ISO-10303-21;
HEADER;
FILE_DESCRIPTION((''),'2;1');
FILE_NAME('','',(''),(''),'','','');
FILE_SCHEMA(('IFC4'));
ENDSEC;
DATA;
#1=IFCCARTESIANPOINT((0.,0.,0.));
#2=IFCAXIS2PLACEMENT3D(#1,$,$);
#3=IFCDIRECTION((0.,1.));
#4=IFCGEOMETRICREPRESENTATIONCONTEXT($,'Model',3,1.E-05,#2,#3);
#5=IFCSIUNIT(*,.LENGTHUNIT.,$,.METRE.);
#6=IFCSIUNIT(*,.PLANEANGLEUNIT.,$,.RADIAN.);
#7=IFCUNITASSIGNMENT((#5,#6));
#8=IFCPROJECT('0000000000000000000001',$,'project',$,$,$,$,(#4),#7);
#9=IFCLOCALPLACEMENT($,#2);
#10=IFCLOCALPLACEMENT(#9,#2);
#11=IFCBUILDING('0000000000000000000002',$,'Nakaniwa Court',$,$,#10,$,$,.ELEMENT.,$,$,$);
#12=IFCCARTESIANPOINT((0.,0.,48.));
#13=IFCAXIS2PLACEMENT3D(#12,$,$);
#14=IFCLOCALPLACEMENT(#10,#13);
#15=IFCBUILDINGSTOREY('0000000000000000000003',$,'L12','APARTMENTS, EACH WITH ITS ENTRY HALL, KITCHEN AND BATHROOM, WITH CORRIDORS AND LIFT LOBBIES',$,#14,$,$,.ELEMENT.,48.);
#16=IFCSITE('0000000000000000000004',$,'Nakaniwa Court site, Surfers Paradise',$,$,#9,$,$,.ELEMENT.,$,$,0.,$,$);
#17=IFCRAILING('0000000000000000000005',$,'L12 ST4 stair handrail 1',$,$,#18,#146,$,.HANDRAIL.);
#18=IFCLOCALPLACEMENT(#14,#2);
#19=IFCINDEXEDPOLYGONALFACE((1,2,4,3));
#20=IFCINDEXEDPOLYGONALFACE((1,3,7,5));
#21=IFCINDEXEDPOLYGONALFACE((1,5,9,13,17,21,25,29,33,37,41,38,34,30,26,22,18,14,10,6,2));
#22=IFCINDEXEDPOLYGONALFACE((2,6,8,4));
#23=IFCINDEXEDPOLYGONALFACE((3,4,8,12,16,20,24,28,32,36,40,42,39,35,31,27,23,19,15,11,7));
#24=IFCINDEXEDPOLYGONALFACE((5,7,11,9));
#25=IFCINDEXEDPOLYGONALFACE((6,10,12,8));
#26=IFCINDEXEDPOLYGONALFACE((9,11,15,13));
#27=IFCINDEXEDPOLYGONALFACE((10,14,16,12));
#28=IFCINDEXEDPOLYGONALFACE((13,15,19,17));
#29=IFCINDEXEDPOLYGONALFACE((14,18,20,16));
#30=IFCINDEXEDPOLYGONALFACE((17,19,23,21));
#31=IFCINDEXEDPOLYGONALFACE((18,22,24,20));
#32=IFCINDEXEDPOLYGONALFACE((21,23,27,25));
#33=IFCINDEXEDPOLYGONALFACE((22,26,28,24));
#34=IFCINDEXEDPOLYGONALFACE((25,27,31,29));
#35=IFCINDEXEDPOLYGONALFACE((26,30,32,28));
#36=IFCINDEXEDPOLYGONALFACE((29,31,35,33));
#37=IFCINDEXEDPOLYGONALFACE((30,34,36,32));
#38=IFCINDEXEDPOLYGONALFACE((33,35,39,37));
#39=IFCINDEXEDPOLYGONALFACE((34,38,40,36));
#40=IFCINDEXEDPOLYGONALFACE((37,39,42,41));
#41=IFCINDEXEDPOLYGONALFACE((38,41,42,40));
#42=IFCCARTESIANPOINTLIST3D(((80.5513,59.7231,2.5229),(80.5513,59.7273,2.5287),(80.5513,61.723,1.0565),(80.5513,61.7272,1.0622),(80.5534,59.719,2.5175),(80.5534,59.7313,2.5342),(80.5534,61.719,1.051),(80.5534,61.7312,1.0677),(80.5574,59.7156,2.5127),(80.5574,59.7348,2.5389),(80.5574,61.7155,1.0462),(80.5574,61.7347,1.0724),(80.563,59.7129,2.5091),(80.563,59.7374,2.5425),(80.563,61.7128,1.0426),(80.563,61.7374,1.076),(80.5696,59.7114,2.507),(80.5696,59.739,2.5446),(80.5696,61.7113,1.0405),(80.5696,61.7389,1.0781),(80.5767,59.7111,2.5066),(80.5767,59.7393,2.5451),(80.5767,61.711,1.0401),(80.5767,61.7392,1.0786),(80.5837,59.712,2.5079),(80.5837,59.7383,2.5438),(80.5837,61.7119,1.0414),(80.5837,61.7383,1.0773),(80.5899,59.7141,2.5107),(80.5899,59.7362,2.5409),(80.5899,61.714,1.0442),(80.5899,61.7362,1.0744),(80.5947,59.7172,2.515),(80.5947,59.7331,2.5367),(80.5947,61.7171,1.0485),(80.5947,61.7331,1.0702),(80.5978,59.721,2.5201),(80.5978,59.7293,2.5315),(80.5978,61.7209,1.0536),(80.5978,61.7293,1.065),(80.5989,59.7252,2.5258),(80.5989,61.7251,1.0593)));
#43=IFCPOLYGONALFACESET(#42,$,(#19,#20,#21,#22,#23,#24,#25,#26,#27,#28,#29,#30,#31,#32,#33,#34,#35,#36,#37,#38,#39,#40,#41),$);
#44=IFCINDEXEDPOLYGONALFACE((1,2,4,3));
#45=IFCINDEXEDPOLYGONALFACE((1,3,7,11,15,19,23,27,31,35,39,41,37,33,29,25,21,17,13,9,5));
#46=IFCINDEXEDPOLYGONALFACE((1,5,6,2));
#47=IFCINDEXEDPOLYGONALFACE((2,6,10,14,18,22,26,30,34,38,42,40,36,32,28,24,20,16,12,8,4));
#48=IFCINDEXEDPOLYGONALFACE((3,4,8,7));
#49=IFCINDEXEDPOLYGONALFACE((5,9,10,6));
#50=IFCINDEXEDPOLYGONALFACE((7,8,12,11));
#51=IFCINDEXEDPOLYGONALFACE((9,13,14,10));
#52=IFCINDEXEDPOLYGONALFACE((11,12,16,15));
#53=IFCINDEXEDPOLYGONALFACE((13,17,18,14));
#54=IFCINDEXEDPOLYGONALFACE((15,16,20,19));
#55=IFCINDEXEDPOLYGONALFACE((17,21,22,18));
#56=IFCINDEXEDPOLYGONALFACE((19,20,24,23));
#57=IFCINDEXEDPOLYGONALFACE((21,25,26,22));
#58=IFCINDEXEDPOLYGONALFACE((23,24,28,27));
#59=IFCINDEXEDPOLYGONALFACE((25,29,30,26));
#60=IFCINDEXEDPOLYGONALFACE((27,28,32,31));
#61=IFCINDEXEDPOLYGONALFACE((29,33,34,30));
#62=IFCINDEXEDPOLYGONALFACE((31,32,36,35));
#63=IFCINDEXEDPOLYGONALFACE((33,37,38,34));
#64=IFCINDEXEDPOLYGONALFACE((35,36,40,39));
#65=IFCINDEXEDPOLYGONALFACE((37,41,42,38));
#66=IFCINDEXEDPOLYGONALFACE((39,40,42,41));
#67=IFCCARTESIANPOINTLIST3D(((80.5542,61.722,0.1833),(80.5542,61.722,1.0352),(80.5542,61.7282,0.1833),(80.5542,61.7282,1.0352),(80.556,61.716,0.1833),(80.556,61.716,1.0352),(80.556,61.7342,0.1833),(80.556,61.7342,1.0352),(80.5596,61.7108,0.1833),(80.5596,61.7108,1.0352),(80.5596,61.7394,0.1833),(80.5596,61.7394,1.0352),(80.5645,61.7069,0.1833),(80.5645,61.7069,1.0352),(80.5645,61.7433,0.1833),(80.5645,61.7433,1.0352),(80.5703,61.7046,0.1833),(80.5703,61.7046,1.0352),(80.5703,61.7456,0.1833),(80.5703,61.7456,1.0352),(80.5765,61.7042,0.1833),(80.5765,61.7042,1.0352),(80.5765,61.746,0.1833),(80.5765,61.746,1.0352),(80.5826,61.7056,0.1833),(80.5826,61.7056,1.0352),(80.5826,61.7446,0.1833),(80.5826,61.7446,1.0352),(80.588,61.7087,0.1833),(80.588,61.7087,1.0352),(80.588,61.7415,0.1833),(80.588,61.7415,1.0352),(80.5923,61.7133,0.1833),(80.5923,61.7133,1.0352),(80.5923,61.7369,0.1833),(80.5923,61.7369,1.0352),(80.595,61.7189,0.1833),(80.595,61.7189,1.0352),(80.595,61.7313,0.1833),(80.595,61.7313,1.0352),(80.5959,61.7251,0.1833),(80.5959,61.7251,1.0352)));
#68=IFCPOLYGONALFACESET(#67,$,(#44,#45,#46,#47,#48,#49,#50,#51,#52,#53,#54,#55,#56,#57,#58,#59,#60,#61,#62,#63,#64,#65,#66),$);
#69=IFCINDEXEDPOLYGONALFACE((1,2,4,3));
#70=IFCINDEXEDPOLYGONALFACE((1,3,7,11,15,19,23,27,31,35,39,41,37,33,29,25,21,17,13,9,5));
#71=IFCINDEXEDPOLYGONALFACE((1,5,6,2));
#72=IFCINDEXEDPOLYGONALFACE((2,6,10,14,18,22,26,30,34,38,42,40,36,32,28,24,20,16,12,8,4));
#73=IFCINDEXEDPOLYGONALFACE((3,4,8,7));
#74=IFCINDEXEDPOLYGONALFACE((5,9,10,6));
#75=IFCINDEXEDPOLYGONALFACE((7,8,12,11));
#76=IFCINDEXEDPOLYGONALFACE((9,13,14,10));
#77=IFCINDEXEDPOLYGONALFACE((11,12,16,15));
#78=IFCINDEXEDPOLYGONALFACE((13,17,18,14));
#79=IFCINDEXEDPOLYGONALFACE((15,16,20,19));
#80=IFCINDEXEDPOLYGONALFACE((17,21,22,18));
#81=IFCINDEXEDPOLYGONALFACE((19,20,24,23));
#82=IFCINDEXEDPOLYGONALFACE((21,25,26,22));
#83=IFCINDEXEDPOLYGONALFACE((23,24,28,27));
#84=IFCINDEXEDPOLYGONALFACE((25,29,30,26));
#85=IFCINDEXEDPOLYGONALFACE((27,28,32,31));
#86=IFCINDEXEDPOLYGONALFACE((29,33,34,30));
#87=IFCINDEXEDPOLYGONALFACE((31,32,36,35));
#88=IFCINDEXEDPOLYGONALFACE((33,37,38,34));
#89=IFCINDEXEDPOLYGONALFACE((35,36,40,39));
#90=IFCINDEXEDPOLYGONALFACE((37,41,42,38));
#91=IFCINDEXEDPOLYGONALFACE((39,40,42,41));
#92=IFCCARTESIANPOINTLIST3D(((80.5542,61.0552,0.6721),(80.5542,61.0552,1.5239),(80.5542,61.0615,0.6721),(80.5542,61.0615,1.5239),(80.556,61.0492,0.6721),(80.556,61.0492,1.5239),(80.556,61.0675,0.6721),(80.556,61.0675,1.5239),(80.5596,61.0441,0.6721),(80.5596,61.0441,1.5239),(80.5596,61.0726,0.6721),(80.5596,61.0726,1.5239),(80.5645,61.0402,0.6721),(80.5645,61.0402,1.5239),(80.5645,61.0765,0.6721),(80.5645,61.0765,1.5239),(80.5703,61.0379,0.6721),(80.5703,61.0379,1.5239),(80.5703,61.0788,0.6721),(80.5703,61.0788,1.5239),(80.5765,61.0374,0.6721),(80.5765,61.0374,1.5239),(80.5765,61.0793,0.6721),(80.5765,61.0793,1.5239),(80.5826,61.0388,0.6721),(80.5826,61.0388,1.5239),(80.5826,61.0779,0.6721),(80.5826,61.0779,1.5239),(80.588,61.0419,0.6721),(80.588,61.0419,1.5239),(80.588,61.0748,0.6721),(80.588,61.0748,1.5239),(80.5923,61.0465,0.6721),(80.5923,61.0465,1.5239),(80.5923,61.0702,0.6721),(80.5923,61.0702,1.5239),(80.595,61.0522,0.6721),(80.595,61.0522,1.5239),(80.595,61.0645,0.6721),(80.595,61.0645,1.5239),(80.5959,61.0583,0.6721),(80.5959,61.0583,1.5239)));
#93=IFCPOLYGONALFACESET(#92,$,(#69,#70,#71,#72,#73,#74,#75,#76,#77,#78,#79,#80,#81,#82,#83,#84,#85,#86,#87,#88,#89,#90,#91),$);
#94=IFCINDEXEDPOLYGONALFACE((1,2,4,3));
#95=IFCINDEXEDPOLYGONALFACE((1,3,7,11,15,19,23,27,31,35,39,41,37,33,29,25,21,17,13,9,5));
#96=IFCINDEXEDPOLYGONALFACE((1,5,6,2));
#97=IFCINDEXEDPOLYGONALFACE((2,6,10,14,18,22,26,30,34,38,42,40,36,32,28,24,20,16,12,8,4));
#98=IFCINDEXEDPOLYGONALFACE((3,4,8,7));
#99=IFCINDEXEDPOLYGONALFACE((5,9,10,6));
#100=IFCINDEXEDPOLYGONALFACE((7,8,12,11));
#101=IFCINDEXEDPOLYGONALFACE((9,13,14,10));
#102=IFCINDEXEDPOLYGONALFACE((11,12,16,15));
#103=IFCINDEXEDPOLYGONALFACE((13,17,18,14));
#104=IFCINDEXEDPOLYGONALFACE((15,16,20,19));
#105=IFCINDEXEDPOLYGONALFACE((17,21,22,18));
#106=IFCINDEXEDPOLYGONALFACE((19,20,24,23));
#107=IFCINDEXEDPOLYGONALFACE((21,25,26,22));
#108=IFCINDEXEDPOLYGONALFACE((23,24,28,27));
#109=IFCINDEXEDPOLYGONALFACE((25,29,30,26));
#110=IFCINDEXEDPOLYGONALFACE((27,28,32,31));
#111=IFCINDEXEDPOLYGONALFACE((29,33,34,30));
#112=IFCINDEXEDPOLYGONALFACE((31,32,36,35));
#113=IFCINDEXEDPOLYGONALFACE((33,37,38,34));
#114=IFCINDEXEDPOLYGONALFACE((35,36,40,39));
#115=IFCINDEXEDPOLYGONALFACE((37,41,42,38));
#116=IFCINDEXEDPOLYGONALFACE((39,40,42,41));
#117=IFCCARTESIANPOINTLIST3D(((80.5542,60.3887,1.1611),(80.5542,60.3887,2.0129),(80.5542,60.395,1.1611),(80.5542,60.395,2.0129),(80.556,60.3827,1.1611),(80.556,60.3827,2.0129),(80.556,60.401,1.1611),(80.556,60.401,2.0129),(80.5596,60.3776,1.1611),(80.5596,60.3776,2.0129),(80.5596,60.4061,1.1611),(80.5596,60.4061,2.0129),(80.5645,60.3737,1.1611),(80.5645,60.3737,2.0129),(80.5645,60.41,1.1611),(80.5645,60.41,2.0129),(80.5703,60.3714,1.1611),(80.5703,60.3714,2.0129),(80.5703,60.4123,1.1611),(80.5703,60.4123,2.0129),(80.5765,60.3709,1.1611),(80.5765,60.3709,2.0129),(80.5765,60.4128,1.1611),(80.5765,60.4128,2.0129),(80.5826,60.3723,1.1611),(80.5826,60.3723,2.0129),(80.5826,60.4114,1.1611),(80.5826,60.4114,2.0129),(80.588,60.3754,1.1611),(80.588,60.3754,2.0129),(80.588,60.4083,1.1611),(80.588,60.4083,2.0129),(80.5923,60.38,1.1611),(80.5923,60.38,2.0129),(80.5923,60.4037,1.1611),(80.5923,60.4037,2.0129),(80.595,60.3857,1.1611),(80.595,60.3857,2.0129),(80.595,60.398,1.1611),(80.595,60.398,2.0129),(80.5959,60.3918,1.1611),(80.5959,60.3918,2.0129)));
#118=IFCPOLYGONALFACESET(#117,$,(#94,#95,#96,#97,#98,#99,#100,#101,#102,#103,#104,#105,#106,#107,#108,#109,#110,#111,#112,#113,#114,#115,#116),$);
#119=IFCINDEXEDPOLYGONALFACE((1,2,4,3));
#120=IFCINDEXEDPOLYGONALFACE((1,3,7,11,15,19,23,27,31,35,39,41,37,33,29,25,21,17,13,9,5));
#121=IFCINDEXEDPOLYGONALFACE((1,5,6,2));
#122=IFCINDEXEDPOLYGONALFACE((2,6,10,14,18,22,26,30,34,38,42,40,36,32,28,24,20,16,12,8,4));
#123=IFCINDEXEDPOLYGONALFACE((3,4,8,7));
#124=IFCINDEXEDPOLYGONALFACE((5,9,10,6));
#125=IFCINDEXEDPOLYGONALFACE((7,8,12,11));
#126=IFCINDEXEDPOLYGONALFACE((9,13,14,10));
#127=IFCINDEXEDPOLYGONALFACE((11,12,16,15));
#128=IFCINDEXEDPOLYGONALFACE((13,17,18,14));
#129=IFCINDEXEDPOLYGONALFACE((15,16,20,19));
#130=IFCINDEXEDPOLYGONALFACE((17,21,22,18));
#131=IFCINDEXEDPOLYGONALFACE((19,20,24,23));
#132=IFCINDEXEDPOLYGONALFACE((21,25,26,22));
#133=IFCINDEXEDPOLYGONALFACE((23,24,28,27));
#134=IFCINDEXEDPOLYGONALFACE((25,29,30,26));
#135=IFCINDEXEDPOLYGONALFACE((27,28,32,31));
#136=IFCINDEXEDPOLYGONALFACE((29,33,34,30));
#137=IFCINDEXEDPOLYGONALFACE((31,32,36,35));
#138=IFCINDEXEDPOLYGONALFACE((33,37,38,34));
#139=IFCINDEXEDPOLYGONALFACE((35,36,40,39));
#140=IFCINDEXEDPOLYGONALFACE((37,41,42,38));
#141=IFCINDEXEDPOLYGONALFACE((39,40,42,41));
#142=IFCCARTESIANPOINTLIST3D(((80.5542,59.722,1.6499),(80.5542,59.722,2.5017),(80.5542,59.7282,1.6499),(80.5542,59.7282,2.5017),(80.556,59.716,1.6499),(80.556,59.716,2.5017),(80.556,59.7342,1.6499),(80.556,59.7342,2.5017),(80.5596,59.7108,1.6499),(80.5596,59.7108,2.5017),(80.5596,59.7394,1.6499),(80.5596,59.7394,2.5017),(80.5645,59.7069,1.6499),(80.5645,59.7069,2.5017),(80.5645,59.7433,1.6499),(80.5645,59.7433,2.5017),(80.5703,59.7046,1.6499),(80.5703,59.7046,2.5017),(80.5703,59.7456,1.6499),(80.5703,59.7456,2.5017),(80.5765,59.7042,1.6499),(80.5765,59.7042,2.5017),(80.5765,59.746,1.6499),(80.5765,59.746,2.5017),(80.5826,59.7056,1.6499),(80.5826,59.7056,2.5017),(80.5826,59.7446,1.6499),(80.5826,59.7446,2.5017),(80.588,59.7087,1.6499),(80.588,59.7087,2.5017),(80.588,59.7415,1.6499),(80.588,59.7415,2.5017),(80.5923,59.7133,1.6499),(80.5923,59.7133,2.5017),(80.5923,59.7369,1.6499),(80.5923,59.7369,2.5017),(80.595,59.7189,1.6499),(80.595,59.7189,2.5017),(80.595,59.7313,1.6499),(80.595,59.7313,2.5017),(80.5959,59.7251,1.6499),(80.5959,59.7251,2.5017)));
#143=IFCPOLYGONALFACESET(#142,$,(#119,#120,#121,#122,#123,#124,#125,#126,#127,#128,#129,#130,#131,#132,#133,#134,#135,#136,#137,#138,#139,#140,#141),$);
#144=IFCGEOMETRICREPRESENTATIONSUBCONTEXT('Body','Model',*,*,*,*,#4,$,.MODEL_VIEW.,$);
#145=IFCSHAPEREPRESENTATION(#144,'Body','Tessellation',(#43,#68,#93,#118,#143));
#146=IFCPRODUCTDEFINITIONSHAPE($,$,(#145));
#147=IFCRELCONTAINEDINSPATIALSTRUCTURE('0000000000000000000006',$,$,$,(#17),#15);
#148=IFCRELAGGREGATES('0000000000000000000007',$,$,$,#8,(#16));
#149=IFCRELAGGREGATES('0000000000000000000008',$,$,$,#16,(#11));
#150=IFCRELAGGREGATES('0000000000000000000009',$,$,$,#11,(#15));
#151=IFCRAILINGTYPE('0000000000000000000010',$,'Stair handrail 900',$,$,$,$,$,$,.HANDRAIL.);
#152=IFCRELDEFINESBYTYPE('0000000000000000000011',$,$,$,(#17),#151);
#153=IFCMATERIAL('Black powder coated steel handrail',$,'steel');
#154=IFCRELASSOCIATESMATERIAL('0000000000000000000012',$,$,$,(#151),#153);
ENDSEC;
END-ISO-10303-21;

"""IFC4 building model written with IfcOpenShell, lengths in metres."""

from ifc_helpers import new_model, si_unit, direction, frame, origin, origin_2d, place, context, subcontext, project, spatial, circle, extrude, material, type_object, element, save


model = new_model("IFC4")

# Units and contexts
model_context = context("Model", 3, precision=1e-05, world=origin(), true_north=direction((0.0, 1.0)))
body_context = subcontext(model_context, "Body", "Model", "MODEL_VIEW")
ifc_project = project(units=[si_unit("LENGTHUNIT", "METRE"), si_unit("PLANEANGLEUNIT", "RADIAN")], contexts=[model_context])

# Site, building, storey
site_placement = place(None, origin())
site = spatial("IfcSite", under=ifc_project, at=site_placement, Name="Nakaniwa Court site, Surfers Paradise", CompositionType="ELEMENT", RefElevation=0.0)
building_placement = place(site_placement, origin())
building = spatial("IfcBuilding", under=site, at=building_placement, Name="Nakaniwa Court", CompositionType="ELEMENT")
storey_placement = place(building_placement, frame((0.0, 0.0, 48.0)))
storey = spatial("IfcBuildingStorey", under=building, at=storey_placement, Name="L12", Description="APARTMENTS, EACH WITH ITS ENTRY HALL, KITCHEN AND BATHROOM, WITH CORRIDORS AND LIFT LOBBIES", CompositionType="ELEMENT", Elevation=48.0)

# Railing
ifc_material_1 = material(Name="Black powder coated steel handrail", Category="steel")
railing_type_1 = type_object("IfcRailingType", Name="Stair handrail 900", PredefinedType="HANDRAIL", material=ifc_material_1)
railing_1_placement = place(storey_placement, frame((80.575, 61.7251, 0.1833)))
element("IfcRailing", 1, at=railing_1_placement, inside=storey, type_object=railing_type_1, Name="L12 ST4 stair handrail 1", PredefinedType="HANDRAIL", context=body_context, shape_type="SweptSolid", body=[
    extrude(circle(Radius=0.0239, at=origin_2d()), frame((0.0, 0.0, 0.876), z_axis=(0.0, -0.806427, 0.591334), x_axis=(1.0, 0.0, 0.0)), (0.0, 0.0, 1.0), 2.48),
    extrude(circle(Radius=0.021, at=origin_2d()), origin(), (0.0, 0.0, 1.0), 0.8518),
    extrude(circle(Radius=0.021, at=origin_2d()), frame((0.0, -0.6667, 0.4888)), (0.0, 0.0, 1.0), 0.8518),
    extrude(circle(Radius=0.021, at=origin_2d()), frame((0.0, -1.3333, 0.9778)), (0.0, 0.0, 1.0), 0.8518),
    extrude(circle(Radius=0.021, at=origin_2d()), frame((0.0, -2.0, 1.4666)), (0.0, 0.0, 1.0), 0.8518),
])

save(model, "model.ifc")
